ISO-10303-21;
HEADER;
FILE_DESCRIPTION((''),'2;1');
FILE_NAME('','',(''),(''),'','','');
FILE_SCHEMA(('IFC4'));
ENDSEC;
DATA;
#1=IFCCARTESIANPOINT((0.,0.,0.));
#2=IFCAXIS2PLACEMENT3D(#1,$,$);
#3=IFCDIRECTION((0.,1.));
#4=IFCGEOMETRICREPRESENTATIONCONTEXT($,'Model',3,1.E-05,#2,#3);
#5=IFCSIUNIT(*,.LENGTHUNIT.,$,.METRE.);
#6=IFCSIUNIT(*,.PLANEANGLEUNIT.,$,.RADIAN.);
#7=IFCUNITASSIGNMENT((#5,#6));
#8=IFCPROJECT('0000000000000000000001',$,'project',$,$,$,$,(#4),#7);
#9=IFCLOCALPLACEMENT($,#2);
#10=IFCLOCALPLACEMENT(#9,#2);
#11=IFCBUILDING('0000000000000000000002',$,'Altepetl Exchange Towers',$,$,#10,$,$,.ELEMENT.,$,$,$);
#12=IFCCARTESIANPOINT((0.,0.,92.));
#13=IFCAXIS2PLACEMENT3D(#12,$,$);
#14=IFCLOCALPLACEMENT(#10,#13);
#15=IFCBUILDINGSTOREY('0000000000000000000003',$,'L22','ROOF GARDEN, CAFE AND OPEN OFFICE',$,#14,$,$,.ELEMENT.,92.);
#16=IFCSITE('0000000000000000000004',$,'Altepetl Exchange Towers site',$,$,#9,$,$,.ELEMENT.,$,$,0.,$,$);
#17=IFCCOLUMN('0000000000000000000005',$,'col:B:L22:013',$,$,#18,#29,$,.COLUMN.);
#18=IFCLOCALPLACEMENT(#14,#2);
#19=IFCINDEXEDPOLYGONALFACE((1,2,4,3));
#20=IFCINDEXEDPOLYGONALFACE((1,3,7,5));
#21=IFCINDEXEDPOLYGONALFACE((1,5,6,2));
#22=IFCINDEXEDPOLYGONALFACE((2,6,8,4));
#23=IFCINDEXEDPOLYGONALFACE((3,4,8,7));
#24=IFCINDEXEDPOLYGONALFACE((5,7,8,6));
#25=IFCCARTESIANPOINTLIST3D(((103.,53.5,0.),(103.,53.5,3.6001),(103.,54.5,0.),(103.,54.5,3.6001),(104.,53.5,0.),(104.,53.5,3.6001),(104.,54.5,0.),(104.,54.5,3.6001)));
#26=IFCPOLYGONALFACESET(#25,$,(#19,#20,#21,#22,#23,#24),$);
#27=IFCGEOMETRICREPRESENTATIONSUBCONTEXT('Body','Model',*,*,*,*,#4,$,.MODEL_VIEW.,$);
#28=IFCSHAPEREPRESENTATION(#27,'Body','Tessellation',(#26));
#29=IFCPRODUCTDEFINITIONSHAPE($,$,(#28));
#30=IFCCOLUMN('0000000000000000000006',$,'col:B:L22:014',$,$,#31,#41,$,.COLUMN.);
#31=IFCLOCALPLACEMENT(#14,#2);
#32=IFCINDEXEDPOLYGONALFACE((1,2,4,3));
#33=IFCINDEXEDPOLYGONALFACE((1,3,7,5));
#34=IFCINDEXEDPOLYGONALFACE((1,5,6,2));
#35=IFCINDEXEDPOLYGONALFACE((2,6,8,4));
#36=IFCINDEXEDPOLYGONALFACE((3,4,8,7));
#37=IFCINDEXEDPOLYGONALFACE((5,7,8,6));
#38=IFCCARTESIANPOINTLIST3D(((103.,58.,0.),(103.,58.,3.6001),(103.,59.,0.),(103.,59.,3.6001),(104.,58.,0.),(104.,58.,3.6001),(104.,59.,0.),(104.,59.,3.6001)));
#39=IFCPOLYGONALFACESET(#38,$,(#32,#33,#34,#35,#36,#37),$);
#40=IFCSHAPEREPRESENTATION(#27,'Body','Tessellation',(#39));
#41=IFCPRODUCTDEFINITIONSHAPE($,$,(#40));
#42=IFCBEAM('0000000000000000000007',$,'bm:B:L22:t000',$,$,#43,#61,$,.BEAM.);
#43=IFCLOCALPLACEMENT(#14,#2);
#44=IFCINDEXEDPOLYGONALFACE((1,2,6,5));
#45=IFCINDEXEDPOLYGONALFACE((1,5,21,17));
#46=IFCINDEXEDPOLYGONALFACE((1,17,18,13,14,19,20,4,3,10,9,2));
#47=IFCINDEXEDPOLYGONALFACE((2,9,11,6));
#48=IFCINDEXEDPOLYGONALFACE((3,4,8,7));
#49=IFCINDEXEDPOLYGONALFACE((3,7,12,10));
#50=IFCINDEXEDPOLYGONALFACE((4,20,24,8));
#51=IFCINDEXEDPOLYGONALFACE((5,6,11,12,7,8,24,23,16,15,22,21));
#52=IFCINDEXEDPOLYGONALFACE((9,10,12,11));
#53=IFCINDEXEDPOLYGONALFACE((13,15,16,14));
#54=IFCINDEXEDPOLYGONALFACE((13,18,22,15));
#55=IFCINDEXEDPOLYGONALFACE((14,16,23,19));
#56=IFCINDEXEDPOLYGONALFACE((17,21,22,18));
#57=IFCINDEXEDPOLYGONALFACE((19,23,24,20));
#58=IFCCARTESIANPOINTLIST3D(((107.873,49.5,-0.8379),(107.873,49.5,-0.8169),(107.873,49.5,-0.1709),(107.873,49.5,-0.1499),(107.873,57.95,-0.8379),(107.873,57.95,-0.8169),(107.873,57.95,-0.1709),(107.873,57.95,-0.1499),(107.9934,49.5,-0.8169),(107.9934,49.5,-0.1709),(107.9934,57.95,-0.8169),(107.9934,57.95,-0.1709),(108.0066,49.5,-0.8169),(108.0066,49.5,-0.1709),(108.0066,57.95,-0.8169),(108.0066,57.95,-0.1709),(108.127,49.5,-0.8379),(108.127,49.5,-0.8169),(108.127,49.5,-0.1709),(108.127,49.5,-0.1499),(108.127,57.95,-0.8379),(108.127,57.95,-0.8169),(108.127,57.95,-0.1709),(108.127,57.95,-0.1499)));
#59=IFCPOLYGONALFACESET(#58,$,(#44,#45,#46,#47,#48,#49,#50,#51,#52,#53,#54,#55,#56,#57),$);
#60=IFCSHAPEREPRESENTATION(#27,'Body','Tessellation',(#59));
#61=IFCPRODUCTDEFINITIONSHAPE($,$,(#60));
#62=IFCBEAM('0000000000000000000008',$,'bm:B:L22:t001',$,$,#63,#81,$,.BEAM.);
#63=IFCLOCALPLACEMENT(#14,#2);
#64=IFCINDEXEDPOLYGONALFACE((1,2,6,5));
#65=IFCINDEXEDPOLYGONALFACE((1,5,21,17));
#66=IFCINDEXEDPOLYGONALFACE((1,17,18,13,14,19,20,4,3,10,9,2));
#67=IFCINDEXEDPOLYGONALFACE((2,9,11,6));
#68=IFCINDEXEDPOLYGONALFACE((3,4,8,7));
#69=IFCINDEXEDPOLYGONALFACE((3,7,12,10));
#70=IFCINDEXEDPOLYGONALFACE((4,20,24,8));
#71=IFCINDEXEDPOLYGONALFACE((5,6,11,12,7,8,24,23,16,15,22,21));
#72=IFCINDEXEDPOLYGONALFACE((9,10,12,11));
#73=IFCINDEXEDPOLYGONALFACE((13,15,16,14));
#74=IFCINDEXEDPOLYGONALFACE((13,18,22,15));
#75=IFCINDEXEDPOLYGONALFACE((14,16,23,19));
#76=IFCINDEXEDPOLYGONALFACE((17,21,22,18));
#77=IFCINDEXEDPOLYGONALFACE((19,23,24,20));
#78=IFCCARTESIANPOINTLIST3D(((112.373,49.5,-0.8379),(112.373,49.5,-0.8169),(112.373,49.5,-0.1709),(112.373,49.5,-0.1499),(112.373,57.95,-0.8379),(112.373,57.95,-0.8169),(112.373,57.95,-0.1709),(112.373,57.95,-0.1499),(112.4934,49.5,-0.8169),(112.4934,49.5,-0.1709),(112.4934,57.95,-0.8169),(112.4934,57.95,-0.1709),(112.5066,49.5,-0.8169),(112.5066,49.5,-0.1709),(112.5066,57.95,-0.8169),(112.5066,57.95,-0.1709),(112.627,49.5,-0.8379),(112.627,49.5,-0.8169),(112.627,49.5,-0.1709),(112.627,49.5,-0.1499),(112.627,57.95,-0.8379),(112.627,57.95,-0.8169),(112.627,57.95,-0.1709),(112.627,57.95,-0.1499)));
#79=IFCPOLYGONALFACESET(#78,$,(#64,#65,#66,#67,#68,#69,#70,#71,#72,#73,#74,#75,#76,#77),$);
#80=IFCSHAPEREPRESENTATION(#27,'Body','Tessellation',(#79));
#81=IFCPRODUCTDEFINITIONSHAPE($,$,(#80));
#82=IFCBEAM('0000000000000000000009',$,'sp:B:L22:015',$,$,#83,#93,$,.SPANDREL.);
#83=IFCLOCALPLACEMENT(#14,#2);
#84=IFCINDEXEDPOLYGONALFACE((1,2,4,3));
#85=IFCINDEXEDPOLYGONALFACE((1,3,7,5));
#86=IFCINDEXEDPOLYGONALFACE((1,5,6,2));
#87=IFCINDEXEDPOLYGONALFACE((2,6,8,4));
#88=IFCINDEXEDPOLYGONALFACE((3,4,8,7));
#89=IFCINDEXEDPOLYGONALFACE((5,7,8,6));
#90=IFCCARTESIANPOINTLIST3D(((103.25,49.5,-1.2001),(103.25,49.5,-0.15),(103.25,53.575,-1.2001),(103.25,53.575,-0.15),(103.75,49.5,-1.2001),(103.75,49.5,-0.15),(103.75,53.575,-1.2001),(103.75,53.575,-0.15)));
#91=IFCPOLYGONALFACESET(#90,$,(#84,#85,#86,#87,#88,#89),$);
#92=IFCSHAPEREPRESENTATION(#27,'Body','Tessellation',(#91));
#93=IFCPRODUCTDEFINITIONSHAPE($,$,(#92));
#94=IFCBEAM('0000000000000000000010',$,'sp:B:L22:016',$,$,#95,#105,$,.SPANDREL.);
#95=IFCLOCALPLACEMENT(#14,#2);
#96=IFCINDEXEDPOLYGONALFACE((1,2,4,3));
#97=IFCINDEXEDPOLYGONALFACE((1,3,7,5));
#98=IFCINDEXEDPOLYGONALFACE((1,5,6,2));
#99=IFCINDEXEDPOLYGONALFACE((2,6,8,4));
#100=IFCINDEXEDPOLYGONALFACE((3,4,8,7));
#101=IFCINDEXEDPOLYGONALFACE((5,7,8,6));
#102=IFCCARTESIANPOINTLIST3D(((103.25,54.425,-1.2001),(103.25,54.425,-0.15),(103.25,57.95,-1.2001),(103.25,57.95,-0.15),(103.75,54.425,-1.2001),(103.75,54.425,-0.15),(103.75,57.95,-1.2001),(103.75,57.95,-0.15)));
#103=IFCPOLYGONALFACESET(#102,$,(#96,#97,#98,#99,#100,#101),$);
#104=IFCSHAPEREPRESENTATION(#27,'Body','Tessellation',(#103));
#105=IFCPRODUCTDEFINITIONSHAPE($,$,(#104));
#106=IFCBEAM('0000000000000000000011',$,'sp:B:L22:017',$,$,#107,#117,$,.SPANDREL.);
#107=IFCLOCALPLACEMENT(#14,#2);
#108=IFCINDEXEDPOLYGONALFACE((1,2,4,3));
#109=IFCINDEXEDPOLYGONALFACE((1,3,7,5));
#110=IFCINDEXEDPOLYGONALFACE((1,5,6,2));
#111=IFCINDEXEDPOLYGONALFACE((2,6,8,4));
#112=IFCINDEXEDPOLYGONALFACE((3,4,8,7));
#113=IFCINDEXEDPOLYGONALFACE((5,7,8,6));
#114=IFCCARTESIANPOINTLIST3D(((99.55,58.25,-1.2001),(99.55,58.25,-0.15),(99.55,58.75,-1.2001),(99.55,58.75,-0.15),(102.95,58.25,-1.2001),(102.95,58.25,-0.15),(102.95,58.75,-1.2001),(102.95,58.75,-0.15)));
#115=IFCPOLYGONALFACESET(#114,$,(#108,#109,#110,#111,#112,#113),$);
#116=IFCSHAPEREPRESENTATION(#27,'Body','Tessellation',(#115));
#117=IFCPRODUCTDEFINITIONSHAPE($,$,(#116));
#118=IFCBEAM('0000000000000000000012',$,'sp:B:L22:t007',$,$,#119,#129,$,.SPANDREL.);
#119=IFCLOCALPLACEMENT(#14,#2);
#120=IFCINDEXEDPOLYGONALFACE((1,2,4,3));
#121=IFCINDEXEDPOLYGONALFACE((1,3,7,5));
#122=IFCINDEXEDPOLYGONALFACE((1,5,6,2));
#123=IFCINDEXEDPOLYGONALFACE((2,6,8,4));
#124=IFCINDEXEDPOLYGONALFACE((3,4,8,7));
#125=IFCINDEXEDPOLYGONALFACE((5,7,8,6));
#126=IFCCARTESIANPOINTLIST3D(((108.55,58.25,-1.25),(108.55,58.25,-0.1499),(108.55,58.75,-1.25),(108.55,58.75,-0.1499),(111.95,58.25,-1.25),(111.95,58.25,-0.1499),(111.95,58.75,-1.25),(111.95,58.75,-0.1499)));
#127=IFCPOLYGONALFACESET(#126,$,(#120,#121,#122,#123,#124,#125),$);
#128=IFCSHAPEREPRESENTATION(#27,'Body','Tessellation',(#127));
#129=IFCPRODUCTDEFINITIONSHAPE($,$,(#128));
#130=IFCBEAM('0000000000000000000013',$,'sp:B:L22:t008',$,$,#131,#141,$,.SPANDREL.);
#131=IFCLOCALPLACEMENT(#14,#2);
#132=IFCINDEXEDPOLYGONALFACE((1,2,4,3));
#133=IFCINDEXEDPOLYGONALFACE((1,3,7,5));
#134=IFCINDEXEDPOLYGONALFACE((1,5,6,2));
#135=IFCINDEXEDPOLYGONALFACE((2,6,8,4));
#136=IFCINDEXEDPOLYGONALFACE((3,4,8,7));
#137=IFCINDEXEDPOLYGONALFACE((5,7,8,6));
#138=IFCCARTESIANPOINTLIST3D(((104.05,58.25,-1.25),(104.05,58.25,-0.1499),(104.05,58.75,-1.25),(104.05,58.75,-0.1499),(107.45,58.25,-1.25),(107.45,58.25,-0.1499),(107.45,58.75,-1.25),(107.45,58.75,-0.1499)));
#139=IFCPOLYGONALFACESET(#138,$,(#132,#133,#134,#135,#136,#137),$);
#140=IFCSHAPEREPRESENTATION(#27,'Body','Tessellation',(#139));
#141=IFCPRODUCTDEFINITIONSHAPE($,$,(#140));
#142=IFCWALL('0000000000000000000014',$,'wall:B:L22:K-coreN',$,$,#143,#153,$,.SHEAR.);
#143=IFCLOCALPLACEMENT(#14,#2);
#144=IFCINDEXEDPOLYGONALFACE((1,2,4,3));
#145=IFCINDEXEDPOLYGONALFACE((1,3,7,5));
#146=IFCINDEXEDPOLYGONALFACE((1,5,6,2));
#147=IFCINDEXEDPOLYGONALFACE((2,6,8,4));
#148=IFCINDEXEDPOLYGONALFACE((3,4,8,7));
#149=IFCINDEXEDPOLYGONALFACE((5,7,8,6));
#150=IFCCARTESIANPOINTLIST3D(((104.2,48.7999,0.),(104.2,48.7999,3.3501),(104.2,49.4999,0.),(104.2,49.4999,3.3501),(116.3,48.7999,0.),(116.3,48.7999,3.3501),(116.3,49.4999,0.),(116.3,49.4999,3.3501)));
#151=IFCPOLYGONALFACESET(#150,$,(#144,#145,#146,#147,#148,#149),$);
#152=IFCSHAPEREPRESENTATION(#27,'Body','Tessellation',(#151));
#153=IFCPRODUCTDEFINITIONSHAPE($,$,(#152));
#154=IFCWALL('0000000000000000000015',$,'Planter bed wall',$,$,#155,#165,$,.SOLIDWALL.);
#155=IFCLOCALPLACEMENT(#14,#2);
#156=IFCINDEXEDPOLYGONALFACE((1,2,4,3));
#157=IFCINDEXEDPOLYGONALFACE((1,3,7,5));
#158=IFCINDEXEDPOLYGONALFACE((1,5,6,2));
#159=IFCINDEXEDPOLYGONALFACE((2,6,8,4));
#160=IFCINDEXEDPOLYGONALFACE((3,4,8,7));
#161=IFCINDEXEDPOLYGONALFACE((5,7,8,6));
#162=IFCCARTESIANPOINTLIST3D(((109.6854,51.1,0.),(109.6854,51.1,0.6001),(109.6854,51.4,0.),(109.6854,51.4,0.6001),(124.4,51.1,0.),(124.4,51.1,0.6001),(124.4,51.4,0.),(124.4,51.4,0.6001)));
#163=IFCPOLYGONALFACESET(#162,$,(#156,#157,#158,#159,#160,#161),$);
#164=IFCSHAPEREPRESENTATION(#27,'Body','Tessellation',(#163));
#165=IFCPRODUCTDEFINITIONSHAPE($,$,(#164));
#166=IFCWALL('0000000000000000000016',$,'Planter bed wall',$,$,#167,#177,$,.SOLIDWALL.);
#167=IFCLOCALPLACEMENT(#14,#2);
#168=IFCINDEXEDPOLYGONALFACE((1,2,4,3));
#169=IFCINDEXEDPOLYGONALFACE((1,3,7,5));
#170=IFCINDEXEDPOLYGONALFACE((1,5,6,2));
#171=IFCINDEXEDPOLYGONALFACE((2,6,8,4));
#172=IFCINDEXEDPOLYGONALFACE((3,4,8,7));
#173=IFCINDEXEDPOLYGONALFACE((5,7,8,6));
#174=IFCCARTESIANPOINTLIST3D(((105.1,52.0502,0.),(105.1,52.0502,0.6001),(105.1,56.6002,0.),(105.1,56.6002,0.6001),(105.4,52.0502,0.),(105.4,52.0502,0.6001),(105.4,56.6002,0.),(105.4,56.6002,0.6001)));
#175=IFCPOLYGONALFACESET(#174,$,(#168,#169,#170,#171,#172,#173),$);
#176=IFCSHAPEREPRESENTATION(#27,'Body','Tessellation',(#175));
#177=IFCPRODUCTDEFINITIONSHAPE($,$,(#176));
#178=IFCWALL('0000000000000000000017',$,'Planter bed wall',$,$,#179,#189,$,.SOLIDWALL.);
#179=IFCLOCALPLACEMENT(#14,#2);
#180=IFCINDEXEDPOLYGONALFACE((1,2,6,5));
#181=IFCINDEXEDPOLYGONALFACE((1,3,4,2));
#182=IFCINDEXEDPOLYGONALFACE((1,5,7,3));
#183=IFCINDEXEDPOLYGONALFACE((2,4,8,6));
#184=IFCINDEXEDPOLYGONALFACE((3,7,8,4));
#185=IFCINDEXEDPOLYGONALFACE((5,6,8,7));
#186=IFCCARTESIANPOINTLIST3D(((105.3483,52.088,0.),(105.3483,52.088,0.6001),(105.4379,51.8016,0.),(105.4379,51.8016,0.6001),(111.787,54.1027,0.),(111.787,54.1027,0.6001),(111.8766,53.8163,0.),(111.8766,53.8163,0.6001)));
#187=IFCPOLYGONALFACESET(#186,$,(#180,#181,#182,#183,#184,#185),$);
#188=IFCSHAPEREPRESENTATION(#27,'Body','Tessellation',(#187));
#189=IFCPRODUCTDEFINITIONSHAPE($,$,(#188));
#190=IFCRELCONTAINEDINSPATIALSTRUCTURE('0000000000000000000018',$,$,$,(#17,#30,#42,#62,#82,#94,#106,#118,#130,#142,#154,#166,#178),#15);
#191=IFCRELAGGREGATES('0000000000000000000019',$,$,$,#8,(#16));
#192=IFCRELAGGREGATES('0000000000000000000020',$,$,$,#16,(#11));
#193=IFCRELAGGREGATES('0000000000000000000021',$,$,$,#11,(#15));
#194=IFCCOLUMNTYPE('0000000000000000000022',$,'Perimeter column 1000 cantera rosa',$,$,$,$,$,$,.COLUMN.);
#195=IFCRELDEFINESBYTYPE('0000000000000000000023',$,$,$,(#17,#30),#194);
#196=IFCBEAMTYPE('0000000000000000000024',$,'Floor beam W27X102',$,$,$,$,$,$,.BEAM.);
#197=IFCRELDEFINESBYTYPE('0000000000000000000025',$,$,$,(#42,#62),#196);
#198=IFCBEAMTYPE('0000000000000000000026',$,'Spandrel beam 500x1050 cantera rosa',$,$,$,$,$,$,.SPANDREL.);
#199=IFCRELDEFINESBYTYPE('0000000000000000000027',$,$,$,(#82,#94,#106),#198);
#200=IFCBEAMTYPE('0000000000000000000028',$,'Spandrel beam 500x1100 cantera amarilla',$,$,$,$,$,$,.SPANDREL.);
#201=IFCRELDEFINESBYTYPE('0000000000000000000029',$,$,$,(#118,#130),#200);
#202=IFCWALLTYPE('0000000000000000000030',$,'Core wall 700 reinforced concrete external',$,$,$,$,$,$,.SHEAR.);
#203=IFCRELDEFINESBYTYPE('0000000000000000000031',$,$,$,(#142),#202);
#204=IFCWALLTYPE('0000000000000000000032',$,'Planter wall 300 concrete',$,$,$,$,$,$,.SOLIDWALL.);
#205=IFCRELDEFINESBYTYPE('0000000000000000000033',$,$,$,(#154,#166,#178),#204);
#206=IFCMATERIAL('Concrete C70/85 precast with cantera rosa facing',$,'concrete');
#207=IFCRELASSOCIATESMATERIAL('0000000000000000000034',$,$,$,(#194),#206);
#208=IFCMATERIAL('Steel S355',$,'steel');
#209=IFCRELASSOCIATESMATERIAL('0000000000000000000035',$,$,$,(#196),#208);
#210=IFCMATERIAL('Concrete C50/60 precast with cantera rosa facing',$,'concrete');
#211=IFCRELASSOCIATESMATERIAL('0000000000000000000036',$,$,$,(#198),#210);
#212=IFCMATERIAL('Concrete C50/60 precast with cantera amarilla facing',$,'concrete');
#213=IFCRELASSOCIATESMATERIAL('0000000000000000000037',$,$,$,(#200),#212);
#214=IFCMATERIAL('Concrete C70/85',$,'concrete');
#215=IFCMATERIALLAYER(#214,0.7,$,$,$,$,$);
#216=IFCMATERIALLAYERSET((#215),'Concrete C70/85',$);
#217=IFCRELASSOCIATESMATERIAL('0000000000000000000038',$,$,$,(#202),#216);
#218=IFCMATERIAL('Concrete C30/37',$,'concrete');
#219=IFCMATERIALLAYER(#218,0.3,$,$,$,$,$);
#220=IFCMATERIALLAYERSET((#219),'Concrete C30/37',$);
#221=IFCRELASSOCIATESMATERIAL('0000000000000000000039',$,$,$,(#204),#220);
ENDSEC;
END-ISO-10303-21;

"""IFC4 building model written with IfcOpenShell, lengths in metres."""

from ifc_helpers import new_model, si_unit, direction, frame, frame_2d, origin, origin_2d, place, context, subcontext, project, spatial, rectangle, i_section, extrude, material, layer, layer_set, material_profile, profile_set, type_object, element, save


model = new_model("IFC4")

# Units and contexts
model_context = context("Model", 3, precision=1e-05, world=origin(), true_north=direction((0.0, 1.0)))
body_context = subcontext(model_context, "Body", "Model", "MODEL_VIEW")
ifc_project = project(units=[si_unit("LENGTHUNIT", "METRE"), si_unit("PLANEANGLEUNIT", "RADIAN")], contexts=[model_context])

# Site, building, storey
site_placement = place(None, origin())
site = spatial("IfcSite", under=ifc_project, at=site_placement, Name="Altepetl Exchange Towers site", CompositionType="ELEMENT", RefElevation=0.0)
building_placement = place(site_placement, origin())
building = spatial("IfcBuilding", under=site, at=building_placement, Name="Altepetl Exchange Towers", CompositionType="ELEMENT")
storey_placement = place(building_placement, frame((0.0, 0.0, 92.0)))
storey = spatial("IfcBuildingStorey", under=building, at=storey_placement, Name="L22", Description="ROOF GARDEN, CAFE AND OPEN OFFICE", CompositionType="ELEMENT", Elevation=92.0)

# Columns
ifc_material_1 = material(Name="Concrete C70/85 precast with cantera rosa facing", Category="concrete")
ifc_material_profile_1 = material_profile(ifc_material_1, rectangle(XDim=1.0, YDim=1.0, at=origin_2d()), Name="1000 x 1000")
ifc_profile_set_1 = profile_set([ifc_material_profile_1], Name="Concrete C70/85 precast with cantera rosa facing")
column_type = type_object("IfcColumnType", Name="Perimeter column 1000 cantera rosa", PredefinedType="COLUMN", material=ifc_profile_set_1)
for number, where, name in (
    (1, (103.5, 54.0, 0.0), "col:B:L22:013"),
    (2, (103.5, 58.5, 0.0), "col:B:L22:014"),
):
    element("IfcColumn", number, at=place(storey_placement, frame(where)), inside=storey, type_object=column_type, Name=name, PredefinedType="COLUMN", context=body_context, shape_type="SweptSolid", body=[
        extrude(rectangle(XDim=1.0, YDim=1.0, at=origin_2d()), origin(), (0.0, 0.0, 1.0), 3.6001),
    ])

# Beams
ifc_material_2 = material(Name="Steel S355", Category="steel")
ifc_material_profile_2 = material_profile(ifc_material_2, i_section(OverallWidth=0.2539, OverallDepth=0.688, WebThickness=0.0132, FlangeThickness=0.021, at=origin_2d()), Name="W27X102")
ifc_profile_set_2 = profile_set([ifc_material_profile_2], Name="Steel S355")
beam_type_1 = type_object("IfcBeamType", Name="Floor beam W27X102", PredefinedType="BEAM", material=ifc_profile_set_2)
for number, where, z_axis, x_axis, name in (
    (3, (108.0, 49.5, -0.4939), (0.0, 1.0, 0.0), (-1.0, 0.0, 0.0), "bm:B:L22:t000"),
    (4, (112.5, 49.5, -0.4939), (0.0, 1.0, 0.0), (-1.0, 0.0, 0.0), "bm:B:L22:t001"),
):
    element("IfcBeam", number, at=place(storey_placement, frame(where, z_axis=z_axis, x_axis=x_axis)), inside=storey, type_object=beam_type_1, Name=name, PredefinedType="BEAM", context=body_context, shape_type="SweptSolid", body=[
        extrude(i_section(OverallWidth=0.2539, OverallDepth=0.688, WebThickness=0.0132, FlangeThickness=0.021, at=origin_2d()), origin(), (0.0, 0.0, 1.0), 8.45),
    ])
ifc_material_3 = material(Name="Concrete C50/60 precast with cantera rosa facing", Category="concrete")
ifc_material_profile_3 = material_profile(ifc_material_3, rectangle(XDim=0.5, YDim=1.05, at=origin_2d()), Name="500 x 1050")
ifc_profile_set_3 = profile_set([ifc_material_profile_3], Name="Concrete C50/60 precast with cantera rosa facing")
beam_type_2 = type_object("IfcBeamType", Name="Spandrel beam 500x1050 cantera rosa", PredefinedType="SPANDREL", material=ifc_profile_set_3)
beam_1_placement = place(storey_placement, frame((103.5, 49.5, -0.675), z_axis=(0.0, 1.0, 0.0), x_axis=(-1.0, 0.0, 0.0)))
element("IfcBeam", 5, at=beam_1_placement, inside=storey, type_object=beam_type_2, Name="sp:B:L22:015", PredefinedType="SPANDREL", context=body_context, shape_type="SweptSolid", body=[
    extrude(rectangle(XDim=0.5, YDim=1.05, at=origin_2d()), origin(), (0.0, 0.0, 1.0), 4.075),
])
beam_2_placement = place(storey_placement, frame((103.5, 54.425, -0.675), z_axis=(0.0, 1.0, 0.0), x_axis=(-1.0, 0.0, 0.0)))
element("IfcBeam", 6, at=beam_2_placement, inside=storey, type_object=beam_type_2, Name="sp:B:L22:016", PredefinedType="SPANDREL", context=body_context, shape_type="SweptSolid", body=[
    extrude(rectangle(XDim=0.5, YDim=1.05, at=origin_2d()), origin(), (0.0, 0.0, 1.0), 3.5249),
])
beam_3_placement = place(storey_placement, frame((102.95, 58.5, -0.675), z_axis=(-1.0, 0.0, 0.0), x_axis=(0.0, -1.0, 0.0)))
element("IfcBeam", 7, at=beam_3_placement, inside=storey, type_object=beam_type_2, Name="sp:B:L22:017", PredefinedType="SPANDREL", context=body_context, shape_type="SweptSolid", body=[
    extrude(rectangle(XDim=0.5, YDim=1.05, at=origin_2d()), origin(), (0.0, 0.0, 1.0), 3.3999),
])
ifc_material_4 = material(Name="Concrete C50/60 precast with cantera amarilla facing", Category="concrete")
ifc_material_profile_4 = material_profile(ifc_material_4, rectangle(XDim=0.5, YDim=1.1001, at=origin_2d()), Name="500 x 1100")
ifc_profile_set_4 = profile_set([ifc_material_profile_4], Name="Concrete C50/60 precast with cantera amarilla facing")
beam_type_3 = type_object("IfcBeamType", Name="Spandrel beam 500x1100 cantera amarilla", PredefinedType="SPANDREL", material=ifc_profile_set_4)
for number, where, z_axis, x_axis, name in (
    (8, (111.95, 58.5, -0.7), (-1.0, 0.0, 0.0), (0.0, -1.0, 0.0), "sp:B:L22:t007"),
    (9, (107.45, 58.5, -0.7), (-1.0, 0.0, 0.0), (0.0, -1.0, 0.0), "sp:B:L22:t008"),
):
    element("IfcBeam", number, at=place(storey_placement, frame(where, z_axis=z_axis, x_axis=x_axis)), inside=storey, type_object=beam_type_3, Name=name, PredefinedType="SPANDREL", context=body_context, shape_type="SweptSolid", body=[
        extrude(rectangle(XDim=0.5, YDim=1.1001, at=origin_2d()), origin(), (0.0, 0.0, 1.0), 3.3999),
    ])

# Walls
ifc_material_5 = material(Name="Concrete C70/85", Category="concrete")
ifc_layer_1 = layer(ifc_material_5, 0.7)
ifc_layer_set_1 = layer_set([ifc_layer_1], Name="Concrete C70/85")
wall_type_1 = type_object("IfcWallType", Name="Core wall 700 reinforced concrete external", PredefinedType="SHEAR", material=ifc_layer_set_1)
wall_1_placement = place(storey_placement, frame((104.2, 49.1499, 0.0)))
element("IfcWall", 10, at=wall_1_placement, inside=storey, type_object=wall_type_1, Name="wall:B:L22:K-coreN", PredefinedType="SHEAR", context=body_context, shape_type="SweptSolid", body=[
    extrude(rectangle(XDim=12.1001, YDim=0.7, at=frame_2d((6.05, 0.0))), origin(), (0.0, 0.0, 1.0), 3.3501),
])
ifc_material_6 = material(Name="Concrete C30/37", Category="concrete")
ifc_layer_2 = layer(ifc_material_6, 0.3)
ifc_layer_set_2 = layer_set([ifc_layer_2], Name="Concrete C30/37")
wall_type_2 = type_object("IfcWallType", Name="Planter wall 300 concrete", PredefinedType="SOLIDWALL", material=ifc_layer_set_2)
wall_2_placement = place(storey_placement, frame((109.6853, 51.25, 0.0)))
element("IfcWall", 11, at=wall_2_placement, inside=storey, type_object=wall_type_2, Name="Planter bed wall", PredefinedType="SOLIDWALL", context=body_context, shape_type="SweptSolid", body=[
    extrude(rectangle(XDim=14.7146, YDim=0.3, at=frame_2d((7.3574, 0.0))), origin(), (0.0, 0.0, 1.0), 0.6001),
])
wall_3_placement = place(storey_placement, frame((105.25, 56.6001, 0.0), z_axis=(0.0, 0.0, 1.0), x_axis=(0.0, -1.0, 0.0)))
element("IfcWall", 12, at=wall_3_placement, inside=storey, type_object=wall_type_2, Name="Planter bed wall", PredefinedType="SOLIDWALL", context=body_context, shape_type="SweptSolid", body=[
    extrude(rectangle(XDim=4.55, YDim=0.3, at=frame_2d((2.2749, 0.0))), origin(), (0.0, 0.0, 1.0), 0.6001),
])
wall_4_placement = place(storey_placement, frame((105.3931, 51.9448, 0.0), z_axis=(0.0, 0.0, 1.0), x_axis=(0.954372, 0.298619, 0.0)))
element("IfcWall", 13, at=wall_4_placement, inside=storey, type_object=wall_type_2, Name="Planter bed wall", PredefinedType="SOLIDWALL", context=body_context, shape_type="SweptSolid", body=[
    extrude(rectangle(XDim=6.7466, YDim=0.3, at=frame_2d((3.3733, 0.0))), origin(), (0.0, 0.0, 1.0), 0.6001),
])

save(model, "model.ifc")
